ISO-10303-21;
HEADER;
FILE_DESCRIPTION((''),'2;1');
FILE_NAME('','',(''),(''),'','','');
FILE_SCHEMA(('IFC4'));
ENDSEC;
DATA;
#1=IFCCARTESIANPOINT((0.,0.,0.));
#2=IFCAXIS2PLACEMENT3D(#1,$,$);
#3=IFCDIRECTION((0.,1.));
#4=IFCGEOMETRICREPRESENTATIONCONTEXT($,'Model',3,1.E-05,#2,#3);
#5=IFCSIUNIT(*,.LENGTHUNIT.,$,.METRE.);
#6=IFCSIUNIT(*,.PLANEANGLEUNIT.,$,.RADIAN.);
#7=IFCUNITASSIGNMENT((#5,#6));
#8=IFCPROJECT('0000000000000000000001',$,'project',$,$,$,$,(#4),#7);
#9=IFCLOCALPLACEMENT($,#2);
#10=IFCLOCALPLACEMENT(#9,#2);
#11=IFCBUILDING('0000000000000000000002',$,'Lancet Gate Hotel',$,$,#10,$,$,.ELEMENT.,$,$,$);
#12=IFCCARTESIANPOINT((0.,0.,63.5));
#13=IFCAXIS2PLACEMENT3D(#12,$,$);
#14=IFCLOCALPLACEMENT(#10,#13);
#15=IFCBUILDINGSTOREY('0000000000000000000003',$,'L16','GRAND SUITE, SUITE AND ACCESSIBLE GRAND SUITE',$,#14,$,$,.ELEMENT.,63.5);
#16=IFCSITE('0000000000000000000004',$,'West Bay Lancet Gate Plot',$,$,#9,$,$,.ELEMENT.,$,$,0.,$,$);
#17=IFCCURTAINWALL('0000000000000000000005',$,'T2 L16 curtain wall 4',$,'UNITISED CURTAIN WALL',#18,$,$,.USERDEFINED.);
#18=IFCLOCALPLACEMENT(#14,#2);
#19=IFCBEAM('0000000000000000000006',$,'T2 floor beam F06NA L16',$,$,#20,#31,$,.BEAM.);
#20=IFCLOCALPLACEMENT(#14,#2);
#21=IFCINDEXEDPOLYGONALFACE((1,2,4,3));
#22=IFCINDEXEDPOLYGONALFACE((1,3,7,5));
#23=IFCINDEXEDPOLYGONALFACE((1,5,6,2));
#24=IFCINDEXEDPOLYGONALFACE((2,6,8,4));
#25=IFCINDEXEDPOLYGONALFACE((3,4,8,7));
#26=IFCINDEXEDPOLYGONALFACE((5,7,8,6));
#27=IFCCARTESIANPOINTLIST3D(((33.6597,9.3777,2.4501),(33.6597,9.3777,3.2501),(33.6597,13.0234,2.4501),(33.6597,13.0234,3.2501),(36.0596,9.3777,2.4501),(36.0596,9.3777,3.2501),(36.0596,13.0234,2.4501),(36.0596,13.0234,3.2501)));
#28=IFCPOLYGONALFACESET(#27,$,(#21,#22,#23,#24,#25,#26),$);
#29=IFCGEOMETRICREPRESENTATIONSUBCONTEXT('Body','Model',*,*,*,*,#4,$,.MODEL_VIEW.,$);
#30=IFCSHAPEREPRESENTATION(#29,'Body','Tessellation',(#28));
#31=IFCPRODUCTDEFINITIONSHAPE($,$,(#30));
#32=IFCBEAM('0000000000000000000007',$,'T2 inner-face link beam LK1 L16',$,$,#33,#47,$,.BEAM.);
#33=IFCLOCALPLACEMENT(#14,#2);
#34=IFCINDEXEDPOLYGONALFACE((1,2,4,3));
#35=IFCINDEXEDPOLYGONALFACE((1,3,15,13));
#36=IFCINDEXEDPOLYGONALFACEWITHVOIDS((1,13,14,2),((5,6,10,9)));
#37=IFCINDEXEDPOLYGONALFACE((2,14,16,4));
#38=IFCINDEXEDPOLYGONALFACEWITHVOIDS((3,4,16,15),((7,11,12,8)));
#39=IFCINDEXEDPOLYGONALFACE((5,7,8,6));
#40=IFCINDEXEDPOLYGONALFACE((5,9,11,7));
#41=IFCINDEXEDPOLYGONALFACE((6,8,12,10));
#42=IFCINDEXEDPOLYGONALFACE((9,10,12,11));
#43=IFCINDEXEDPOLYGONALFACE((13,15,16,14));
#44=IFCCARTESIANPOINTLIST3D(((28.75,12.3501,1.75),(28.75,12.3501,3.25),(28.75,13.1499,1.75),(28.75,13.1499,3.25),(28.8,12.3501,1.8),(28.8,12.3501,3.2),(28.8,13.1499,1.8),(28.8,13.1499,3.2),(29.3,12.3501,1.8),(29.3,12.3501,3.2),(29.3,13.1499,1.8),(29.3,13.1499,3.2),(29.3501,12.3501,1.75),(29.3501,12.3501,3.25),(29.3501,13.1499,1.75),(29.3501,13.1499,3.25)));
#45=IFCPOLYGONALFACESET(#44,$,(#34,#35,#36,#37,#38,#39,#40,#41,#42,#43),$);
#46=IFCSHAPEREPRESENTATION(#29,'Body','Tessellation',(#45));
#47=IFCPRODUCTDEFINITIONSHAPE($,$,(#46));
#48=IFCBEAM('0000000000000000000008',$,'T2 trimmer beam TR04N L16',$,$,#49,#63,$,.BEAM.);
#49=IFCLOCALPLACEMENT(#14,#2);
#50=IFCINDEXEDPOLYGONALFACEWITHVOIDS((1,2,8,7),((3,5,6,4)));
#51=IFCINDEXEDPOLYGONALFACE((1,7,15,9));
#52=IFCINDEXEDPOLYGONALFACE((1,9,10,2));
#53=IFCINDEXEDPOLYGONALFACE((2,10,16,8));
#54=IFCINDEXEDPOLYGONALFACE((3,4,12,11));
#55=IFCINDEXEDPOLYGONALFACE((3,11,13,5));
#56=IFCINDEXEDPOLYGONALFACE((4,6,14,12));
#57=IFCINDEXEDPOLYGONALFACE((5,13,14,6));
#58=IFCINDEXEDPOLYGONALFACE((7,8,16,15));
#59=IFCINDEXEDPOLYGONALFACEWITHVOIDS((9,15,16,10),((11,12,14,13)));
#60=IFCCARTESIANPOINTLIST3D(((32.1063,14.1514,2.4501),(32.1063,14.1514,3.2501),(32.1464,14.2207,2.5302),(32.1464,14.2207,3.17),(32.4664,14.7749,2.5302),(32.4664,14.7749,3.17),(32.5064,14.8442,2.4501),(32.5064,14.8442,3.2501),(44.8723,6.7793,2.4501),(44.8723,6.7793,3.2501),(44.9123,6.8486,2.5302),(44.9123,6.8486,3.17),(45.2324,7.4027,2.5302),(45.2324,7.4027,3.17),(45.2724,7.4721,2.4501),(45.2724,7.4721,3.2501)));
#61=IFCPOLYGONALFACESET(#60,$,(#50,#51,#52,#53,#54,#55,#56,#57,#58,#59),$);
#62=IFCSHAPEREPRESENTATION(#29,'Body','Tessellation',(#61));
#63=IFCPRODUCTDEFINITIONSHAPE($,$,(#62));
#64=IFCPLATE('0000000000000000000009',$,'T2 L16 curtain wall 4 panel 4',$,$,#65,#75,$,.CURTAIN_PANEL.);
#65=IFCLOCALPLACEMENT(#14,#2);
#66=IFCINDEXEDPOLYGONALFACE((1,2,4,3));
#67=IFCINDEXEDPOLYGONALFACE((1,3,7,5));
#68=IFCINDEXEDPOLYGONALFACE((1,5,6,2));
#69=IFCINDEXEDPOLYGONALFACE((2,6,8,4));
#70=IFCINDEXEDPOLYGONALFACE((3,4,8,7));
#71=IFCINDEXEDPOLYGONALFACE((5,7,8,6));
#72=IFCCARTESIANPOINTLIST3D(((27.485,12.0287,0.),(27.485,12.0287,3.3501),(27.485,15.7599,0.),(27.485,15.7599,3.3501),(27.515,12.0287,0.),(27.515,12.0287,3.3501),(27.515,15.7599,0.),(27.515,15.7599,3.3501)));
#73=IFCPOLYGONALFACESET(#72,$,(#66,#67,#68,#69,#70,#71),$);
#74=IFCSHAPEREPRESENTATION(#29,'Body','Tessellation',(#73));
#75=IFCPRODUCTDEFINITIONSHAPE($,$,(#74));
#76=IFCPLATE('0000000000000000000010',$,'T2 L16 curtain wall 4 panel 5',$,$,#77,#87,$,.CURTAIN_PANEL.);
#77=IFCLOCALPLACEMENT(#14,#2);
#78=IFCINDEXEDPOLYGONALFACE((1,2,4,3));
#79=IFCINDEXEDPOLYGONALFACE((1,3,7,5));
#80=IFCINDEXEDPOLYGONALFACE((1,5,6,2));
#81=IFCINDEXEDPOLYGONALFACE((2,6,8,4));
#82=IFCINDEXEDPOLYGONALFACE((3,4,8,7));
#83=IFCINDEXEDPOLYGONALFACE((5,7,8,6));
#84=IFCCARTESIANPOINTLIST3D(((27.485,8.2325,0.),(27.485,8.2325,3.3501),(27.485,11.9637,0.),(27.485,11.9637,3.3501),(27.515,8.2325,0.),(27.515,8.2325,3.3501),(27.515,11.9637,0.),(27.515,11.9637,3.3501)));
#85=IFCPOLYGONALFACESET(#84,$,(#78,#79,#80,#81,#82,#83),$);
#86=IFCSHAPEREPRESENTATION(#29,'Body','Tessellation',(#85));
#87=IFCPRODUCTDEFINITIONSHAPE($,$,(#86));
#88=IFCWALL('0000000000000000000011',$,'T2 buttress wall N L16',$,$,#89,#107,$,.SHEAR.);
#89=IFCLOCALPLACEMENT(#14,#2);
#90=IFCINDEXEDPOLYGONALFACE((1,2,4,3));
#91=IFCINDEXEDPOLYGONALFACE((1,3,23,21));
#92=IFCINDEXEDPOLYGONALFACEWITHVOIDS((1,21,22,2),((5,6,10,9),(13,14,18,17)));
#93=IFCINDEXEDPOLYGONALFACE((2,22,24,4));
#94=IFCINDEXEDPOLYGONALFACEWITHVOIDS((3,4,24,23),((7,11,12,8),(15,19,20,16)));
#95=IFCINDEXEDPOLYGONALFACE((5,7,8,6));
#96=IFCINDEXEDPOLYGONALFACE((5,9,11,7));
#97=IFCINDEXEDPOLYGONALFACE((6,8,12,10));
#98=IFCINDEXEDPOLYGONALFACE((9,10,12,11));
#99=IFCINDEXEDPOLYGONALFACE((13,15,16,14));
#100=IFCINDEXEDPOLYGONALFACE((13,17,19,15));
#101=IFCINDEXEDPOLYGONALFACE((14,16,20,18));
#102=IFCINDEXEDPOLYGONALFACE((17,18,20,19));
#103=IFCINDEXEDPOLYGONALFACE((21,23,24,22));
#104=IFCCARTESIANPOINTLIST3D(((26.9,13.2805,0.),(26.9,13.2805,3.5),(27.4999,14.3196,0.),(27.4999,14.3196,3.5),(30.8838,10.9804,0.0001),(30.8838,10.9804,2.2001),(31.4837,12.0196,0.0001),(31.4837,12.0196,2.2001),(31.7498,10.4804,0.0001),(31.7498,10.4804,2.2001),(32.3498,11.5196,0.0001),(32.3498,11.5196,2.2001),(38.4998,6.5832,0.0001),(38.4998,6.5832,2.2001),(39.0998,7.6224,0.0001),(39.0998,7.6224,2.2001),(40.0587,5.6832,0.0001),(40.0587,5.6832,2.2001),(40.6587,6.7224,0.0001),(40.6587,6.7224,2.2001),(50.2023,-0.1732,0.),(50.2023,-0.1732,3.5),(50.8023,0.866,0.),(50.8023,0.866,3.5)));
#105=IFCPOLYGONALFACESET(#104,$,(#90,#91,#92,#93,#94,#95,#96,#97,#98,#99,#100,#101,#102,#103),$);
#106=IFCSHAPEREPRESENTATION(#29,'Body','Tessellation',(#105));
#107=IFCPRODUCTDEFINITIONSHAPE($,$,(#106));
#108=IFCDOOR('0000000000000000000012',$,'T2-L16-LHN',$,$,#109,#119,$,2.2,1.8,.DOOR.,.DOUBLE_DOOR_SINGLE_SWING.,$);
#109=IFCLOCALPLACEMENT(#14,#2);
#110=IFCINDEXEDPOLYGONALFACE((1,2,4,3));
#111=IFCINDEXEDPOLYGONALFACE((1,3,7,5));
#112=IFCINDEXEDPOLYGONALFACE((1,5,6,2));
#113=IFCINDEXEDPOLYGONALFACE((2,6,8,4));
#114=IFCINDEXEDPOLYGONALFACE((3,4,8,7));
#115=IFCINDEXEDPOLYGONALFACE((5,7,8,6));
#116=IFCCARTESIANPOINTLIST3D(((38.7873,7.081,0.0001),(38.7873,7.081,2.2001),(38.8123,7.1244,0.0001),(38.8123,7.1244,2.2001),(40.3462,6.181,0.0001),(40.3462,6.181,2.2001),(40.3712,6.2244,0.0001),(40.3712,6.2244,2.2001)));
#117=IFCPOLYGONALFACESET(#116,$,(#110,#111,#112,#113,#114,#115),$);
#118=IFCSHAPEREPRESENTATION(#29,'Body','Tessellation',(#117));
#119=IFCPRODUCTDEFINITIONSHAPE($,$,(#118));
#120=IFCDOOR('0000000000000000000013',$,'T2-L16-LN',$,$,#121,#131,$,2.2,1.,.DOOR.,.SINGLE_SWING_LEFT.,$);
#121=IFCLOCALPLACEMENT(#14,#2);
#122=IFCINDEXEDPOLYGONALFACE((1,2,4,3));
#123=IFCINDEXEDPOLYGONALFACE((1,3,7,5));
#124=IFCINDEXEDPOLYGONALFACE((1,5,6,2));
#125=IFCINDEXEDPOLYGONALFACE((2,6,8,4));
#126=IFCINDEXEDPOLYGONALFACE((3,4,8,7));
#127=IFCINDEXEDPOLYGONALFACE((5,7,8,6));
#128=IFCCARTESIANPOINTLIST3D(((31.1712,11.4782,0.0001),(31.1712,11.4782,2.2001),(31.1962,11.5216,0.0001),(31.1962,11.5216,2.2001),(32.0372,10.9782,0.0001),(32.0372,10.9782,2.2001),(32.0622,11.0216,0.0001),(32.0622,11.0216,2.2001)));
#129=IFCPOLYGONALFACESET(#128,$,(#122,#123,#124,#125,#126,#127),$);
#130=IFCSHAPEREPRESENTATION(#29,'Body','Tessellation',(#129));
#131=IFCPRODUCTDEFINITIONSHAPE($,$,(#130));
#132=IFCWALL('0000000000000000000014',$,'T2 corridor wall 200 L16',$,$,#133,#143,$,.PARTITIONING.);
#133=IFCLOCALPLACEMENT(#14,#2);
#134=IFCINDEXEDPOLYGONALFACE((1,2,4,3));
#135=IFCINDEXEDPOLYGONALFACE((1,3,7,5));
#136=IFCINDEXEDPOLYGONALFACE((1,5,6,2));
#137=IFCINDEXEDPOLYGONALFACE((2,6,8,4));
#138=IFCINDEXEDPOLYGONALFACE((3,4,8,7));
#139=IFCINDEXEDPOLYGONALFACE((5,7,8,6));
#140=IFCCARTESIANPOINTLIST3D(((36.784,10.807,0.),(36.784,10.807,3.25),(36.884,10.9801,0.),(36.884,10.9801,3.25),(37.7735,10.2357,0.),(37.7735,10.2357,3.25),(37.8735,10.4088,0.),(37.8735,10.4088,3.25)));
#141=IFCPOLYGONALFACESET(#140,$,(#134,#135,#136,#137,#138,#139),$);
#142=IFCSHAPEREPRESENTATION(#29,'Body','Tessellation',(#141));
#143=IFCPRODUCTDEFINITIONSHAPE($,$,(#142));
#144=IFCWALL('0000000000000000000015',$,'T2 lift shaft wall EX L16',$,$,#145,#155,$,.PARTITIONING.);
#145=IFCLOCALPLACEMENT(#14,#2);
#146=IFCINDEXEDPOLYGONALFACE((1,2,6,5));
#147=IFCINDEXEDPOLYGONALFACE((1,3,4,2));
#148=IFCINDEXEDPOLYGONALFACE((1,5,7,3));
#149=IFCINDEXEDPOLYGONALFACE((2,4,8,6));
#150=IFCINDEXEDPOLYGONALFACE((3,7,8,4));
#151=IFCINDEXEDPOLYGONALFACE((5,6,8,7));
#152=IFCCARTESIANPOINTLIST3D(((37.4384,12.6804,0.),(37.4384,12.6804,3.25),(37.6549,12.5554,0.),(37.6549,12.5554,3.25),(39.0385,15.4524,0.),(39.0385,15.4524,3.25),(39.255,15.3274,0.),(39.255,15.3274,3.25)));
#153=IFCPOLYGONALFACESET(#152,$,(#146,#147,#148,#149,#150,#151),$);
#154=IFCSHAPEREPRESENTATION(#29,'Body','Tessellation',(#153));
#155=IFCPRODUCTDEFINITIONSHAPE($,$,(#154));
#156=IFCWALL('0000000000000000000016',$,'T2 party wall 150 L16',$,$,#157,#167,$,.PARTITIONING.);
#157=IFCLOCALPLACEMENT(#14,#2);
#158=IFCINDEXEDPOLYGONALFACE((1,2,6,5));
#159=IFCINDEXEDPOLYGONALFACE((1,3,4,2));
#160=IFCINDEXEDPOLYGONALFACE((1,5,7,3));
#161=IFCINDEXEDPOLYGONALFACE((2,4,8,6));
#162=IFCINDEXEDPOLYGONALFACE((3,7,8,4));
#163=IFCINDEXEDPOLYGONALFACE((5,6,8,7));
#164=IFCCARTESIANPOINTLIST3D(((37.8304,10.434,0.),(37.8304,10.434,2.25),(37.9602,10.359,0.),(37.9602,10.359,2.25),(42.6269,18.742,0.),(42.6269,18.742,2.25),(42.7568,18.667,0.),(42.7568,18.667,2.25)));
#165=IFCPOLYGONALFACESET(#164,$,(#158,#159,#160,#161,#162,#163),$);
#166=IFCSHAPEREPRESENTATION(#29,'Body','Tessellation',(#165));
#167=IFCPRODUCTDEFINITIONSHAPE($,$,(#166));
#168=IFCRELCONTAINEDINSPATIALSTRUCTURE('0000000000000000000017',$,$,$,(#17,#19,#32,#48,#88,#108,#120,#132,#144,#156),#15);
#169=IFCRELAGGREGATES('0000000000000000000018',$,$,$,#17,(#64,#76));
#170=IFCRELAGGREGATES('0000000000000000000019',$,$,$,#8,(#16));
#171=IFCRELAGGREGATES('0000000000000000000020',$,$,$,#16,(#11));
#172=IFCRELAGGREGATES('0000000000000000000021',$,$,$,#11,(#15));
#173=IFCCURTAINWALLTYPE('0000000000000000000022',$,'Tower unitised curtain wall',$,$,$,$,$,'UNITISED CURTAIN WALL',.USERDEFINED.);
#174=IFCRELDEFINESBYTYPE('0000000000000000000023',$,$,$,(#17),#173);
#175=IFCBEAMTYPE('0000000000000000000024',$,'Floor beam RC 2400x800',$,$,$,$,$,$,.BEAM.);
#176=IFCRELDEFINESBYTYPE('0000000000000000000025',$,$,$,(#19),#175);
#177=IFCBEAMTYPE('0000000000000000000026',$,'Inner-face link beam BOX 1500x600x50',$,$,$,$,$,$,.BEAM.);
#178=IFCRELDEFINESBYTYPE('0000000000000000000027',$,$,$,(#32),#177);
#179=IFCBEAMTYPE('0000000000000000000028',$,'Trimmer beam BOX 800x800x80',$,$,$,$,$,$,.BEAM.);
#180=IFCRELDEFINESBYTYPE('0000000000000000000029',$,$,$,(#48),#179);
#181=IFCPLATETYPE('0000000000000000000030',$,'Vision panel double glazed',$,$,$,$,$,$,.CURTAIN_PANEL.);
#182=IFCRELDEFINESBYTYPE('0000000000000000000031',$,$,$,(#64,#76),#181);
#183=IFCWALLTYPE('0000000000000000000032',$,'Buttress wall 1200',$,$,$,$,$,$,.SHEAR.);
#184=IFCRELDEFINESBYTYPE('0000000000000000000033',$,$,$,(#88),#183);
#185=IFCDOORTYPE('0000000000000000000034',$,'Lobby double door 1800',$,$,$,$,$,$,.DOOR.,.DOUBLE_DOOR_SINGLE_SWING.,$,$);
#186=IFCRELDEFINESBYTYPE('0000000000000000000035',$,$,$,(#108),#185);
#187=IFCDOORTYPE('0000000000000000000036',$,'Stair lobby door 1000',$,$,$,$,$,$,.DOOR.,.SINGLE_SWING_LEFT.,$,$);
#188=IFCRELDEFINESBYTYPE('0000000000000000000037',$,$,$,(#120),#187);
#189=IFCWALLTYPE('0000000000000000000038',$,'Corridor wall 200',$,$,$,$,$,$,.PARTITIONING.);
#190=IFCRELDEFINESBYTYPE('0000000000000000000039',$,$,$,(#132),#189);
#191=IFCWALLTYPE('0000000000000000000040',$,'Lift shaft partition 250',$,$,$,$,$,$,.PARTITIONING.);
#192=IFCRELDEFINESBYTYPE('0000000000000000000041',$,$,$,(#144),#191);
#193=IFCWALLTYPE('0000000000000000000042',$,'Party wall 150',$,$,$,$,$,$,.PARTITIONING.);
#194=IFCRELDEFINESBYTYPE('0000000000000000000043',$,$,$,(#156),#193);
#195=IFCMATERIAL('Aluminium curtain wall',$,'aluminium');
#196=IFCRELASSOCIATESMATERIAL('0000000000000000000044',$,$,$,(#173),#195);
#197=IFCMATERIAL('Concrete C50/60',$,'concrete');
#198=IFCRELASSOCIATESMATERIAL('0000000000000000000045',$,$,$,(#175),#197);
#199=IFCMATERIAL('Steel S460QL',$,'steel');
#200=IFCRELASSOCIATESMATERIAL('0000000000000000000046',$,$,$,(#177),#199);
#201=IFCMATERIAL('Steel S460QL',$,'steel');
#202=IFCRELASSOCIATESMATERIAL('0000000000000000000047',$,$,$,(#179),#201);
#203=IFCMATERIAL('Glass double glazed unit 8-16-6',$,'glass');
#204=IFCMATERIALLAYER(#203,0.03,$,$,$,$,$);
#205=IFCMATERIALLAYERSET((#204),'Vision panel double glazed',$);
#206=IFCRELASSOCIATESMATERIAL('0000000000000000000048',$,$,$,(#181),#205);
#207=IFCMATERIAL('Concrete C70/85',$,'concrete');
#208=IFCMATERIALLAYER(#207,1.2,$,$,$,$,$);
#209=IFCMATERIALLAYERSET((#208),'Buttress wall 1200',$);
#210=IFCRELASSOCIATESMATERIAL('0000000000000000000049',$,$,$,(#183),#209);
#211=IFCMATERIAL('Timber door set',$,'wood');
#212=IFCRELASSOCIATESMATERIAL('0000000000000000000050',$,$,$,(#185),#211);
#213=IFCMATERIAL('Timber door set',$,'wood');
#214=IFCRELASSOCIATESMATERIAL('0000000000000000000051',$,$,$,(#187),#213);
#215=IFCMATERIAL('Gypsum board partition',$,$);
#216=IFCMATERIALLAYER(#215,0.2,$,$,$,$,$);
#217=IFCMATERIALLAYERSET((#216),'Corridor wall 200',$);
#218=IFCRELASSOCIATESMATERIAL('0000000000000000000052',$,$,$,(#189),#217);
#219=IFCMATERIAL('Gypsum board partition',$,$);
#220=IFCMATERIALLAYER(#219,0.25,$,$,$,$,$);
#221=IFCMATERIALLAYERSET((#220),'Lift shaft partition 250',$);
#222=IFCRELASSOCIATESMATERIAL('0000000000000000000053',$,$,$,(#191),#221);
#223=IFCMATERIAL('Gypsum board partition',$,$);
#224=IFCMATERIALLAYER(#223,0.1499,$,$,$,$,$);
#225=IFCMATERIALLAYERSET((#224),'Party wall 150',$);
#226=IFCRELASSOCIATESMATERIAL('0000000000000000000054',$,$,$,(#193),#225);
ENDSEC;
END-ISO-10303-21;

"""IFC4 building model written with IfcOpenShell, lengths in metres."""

from ifc_helpers import new_model, si_unit, direction, frame, frame_2d, origin, origin_2d, place, context, subcontext, project, spatial, rectangle, hollow_rectangle, extrude, material, layer, layer_set, material_profile, profile_set, type_object, element, fill, aggregate, save


model = new_model("IFC4")

# Units and contexts
model_context = context("Model", 3, precision=1e-05, world=origin(), true_north=direction((0.0, 1.0)))
body_context = subcontext(model_context, "Body", "Model", "MODEL_VIEW")
ifc_project = project(units=[si_unit("LENGTHUNIT", "METRE"), si_unit("PLANEANGLEUNIT", "RADIAN")], contexts=[model_context])

# Site, building, storey
site_placement = place(None, origin())
site = spatial("IfcSite", under=ifc_project, at=site_placement, Name="West Bay Lancet Gate Plot", CompositionType="ELEMENT", RefElevation=0.0)
building_placement = place(site_placement, origin())
building = spatial("IfcBuilding", under=site, at=building_placement, Name="Lancet Gate Hotel", CompositionType="ELEMENT")
storey_placement = place(building_placement, frame((0.0, 0.0, 63.5)))
storey = spatial("IfcBuildingStorey", under=building, at=storey_placement, Name="L16", Description="GRAND SUITE, SUITE AND ACCESSIBLE GRAND SUITE", CompositionType="ELEMENT", Elevation=63.5)

# Curtain wall
ifc_material_1 = material(Name="Aluminium curtain wall", Category="aluminium")
curtain_wall_type = type_object("IfcCurtainWallType", Name="Tower unitised curtain wall", ElementType="UNITISED CURTAIN WALL", PredefinedType="USERDEFINED", material=ifc_material_1)
curtain_wall_placement = place(storey_placement, origin())
curtain_wall = element("IfcCurtainWall", 1, at=curtain_wall_placement, inside=storey, type_object=curtain_wall_type, Name="T2 L16 curtain wall 4", ObjectType="UNITISED CURTAIN WALL", PredefinedType="USERDEFINED")

# Beams
ifc_material_2 = material(Name="Concrete C50/60", Category="concrete")
ifc_material_profile_1 = material_profile(ifc_material_2, rectangle(XDim=2.3999, YDim=0.8, at=origin_2d()), Name="RC 2400x800")
ifc_profile_set_1 = profile_set([ifc_material_profile_1], Name="Concrete C50/60")
beam_type_1 = type_object("IfcBeamType", Name="Floor beam RC 2400x800", PredefinedType="BEAM", material=ifc_profile_set_1)
beam_1_placement = place(storey_placement, frame((34.8596, 9.3777, 2.8501), z_axis=(0.0, 1.0, 0.0), x_axis=(-1.0, 0.0, 0.0)))
element("IfcBeam", 2, at=beam_1_placement, inside=storey, type_object=beam_type_1, Name="T2 floor beam F06NA L16", PredefinedType="BEAM", context=body_context, shape_type="SweptSolid", body=[
    extrude(rectangle(XDim=2.3999, YDim=0.8, at=origin_2d()), origin(), (0.0, 0.0, 1.0), 3.6458),
])
ifc_material_3 = material(Name="Steel S460QL", Category="steel")
ifc_material_profile_2 = material_profile(ifc_material_3, hollow_rectangle(XDim=0.6001, YDim=1.5, WallThickness=0.05, at=origin_2d()), Name="BOX 1500x600x50")
ifc_profile_set_2 = profile_set([ifc_material_profile_2], Name="Steel S460QL")
beam_type_2 = type_object("IfcBeamType", Name="Inner-face link beam BOX 1500x600x50", PredefinedType="BEAM", material=ifc_profile_set_2)
beam_2_placement = place(storey_placement, frame((29.05, 12.3501, 2.5), z_axis=(0.0, 1.0, 0.0), x_axis=(-1.0, 0.0, 0.0)))
element("IfcBeam", 3, at=beam_2_placement, inside=storey, type_object=beam_type_2, Name="T2 inner-face link beam LK1 L16", PredefinedType="BEAM", context=body_context, shape_type="SweptSolid", body=[
    extrude(hollow_rectangle(XDim=0.6001, YDim=1.5, WallThickness=0.05, at=origin_2d()), origin(), (0.0, 0.0, 1.0), 0.7998),
])
ifc_material_4 = material(Name="Steel S460QL", Category="steel")
ifc_material_profile_3 = material_profile(ifc_material_4, hollow_rectangle(XDim=0.8, YDim=0.8, WallThickness=0.0801, at=origin_2d()), Name="BOX 800x800x80")
ifc_profile_set_3 = profile_set([ifc_material_profile_3], Name="Steel S460QL")
beam_type_3 = type_object("IfcBeamType", Name="Trimmer beam BOX 800x800x80", PredefinedType="BEAM", material=ifc_profile_set_3)
beam_3_placement = place(storey_placement, frame((32.3064, 14.4978, 2.8501), z_axis=(0.865976, -0.500086, 0.0), x_axis=(0.500086, 0.865976, 0.0)))
element("IfcBeam", 4, at=beam_3_placement, inside=storey, type_object=beam_type_3, Name="T2 trimmer beam TR04N L16", PredefinedType="BEAM", context=body_context, shape_type="SweptSolid", body=[
    extrude(hollow_rectangle(XDim=0.8, YDim=0.8, WallThickness=0.0801, at=origin_2d()), origin(), (0.0, 0.0, 1.0), 14.7417),
])

# Plates
ifc_material_5 = material(Name="Glass double glazed unit 8-16-6", Category="glass")
ifc_layer_1 = layer(ifc_material_5, 0.03)
ifc_layer_set_1 = layer_set([ifc_layer_1], Name="Vision panel double glazed")
plate_type = type_object("IfcPlateType", Name="Vision panel double glazed", PredefinedType="CURTAIN_PANEL", material=ifc_layer_set_1)
plate_1_placement = place(storey_placement, frame((27.5, 13.8943, 0.0), z_axis=(0.0, 0.0, 1.0), x_axis=(0.0, -1.0, 0.0)))
plate_1 = element("IfcPlate", 5, at=plate_1_placement, type_object=plate_type, Name="T2 L16 curtain wall 4 panel 4", PredefinedType="CURTAIN_PANEL", context=body_context, shape_type="SweptSolid", body=[
    extrude(rectangle(XDim=3.7312, YDim=0.03, at=origin_2d()), origin(), (0.0, 0.0, 1.0), 3.3501),
])
plate_2_placement = place(storey_placement, frame((27.5, 10.0981, 0.0), z_axis=(0.0, 0.0, 1.0), x_axis=(0.0, -1.0, 0.0)))
plate_2 = element("IfcPlate", 6, at=plate_2_placement, type_object=plate_type, Name="T2 L16 curtain wall 4 panel 5", PredefinedType="CURTAIN_PANEL", context=body_context, shape_type="SweptSolid", body=[
    extrude(rectangle(XDim=3.7312, YDim=0.03, at=origin_2d()), origin(), (0.0, 0.0, 1.0), 3.3501),
])
aggregate(curtain_wall, [plate_1, plate_2])

# Wall, openings, doors
ifc_material_6 = material(Name="Concrete C70/85", Category="concrete")
ifc_layer_2 = layer(ifc_material_6, 1.2)
ifc_layer_set_2 = layer_set([ifc_layer_2], Name="Buttress wall 1200")
wall_type_1 = type_object("IfcWallType", Name="Buttress wall 1200", PredefinedType="SHEAR", material=ifc_layer_set_2)
wall_1_placement = place(storey_placement, frame((27.2, 13.8, 0.0), z_axis=(0.0, 0.0, 1.0), x_axis=(0.866025, -0.500002, 0.0)))
wall_1 = element("IfcWall", 7, at=wall_1_placement, inside=storey, type_object=wall_type_1, Name="T2 buttress wall N L16", PredefinedType="SHEAR", context=body_context, shape_type="SweptSolid", body=[
    extrude(rectangle(XDim=26.9072, YDim=1.2, at=frame_2d((13.4536, 0.0))), origin(), (0.0, 0.0, 1.0), 3.5),
])
opening_1_placement = place(wall_1_placement, frame((4.6001, 0.0, 0.0)))
opening_1 = element("IfcOpeningElement", 8, at=opening_1_placement, cuts=wall_1, PredefinedType="OPENING", context=body_context, shape_type="SweptSolid", body=[
    extrude(rectangle(XDim=1.0, YDim=2.2, at=frame_2d((0.5, 1.1001))), frame((0.0, 0.6099, 0.0), z_axis=(0.0, -1.0, 0.0), x_axis=(1.0, 0.0, 0.0)), (0.0, 0.0, 1.0), 1.22),
])
opening_2_placement = place(wall_1_placement, frame((13.3945, 0.0, 0.0)))
opening_2 = element("IfcOpeningElement", 9, at=opening_2_placement, cuts=wall_1, PredefinedType="OPENING", context=body_context, shape_type="SweptSolid", body=[
    extrude(rectangle(XDim=1.8, YDim=2.2, at=frame_2d((0.8999, 1.1001))), frame((0.0, 0.6099, 0.0), z_axis=(0.0, -1.0, 0.0), x_axis=(1.0, 0.0, 0.0)), (0.0, 0.0, 1.0), 1.22),
])
ifc_material_7 = material(Name="Timber door set", Category="wood")
door_type_1 = type_object("IfcDoorType", Name="Lobby double door 1800", OperationType="DOUBLE_DOOR_SINGLE_SWING", PredefinedType="DOOR", material=ifc_material_7)
door_1_placement = place(opening_2_placement, origin())
door_1 = element("IfcDoor", 10, at=door_1_placement, inside=storey, type_object=door_type_1, Name="T2-L16-LHN", OperationType="DOUBLE_DOOR_SINGLE_SWING", OverallHeight=2.2, OverallWidth=1.8, PredefinedType="DOOR", context=body_context, shape_type="SweptSolid", body=[
    extrude(rectangle(XDim=1.8, YDim=2.2, at=frame_2d((0.8999, 1.1001))), frame((0.0, 0.0249, 0.0), z_axis=(0.0, -1.0, 0.0), x_axis=(1.0, 0.0, 0.0)), (0.0, 0.0, 1.0), 0.05),
])
fill(opening_2, door_1)
ifc_material_8 = material(Name="Timber door set", Category="wood")
door_type_2 = type_object("IfcDoorType", Name="Stair lobby door 1000", OperationType="SINGLE_SWING_LEFT", PredefinedType="DOOR", material=ifc_material_8)
door_2_placement = place(opening_1_placement, origin())
door_2 = element("IfcDoor", 11, at=door_2_placement, inside=storey, type_object=door_type_2, Name="T2-L16-LN", OperationType="SINGLE_SWING_LEFT", OverallHeight=2.2, OverallWidth=1.0, PredefinedType="DOOR", context=body_context, shape_type="SweptSolid", body=[
    extrude(rectangle(XDim=1.0, YDim=2.2, at=frame_2d((0.5, 1.1001))), frame((0.0, 0.0249, 0.0), z_axis=(0.0, -1.0, 0.0), x_axis=(1.0, 0.0, 0.0)), (0.0, 0.0, 1.0), 0.05),
])
fill(opening_1, door_2)

# Walls
ifc_material_9 = material(Name="Gypsum board partition")
ifc_layer_3 = layer(ifc_material_9, 0.2)
ifc_layer_set_3 = layer_set([ifc_layer_3], Name="Corridor wall 200")
wall_type_2 = type_object("IfcWallType", Name="Corridor wall 200", PredefinedType="PARTITIONING", material=ifc_layer_set_3)
wall_2_placement = place(storey_placement, frame((36.834, 10.8936, 0.0), z_axis=(0.0, 0.0, 1.0), x_axis=(0.866025, -0.5, 0.0)))
element("IfcWall", 12, at=wall_2_placement, inside=storey, type_object=wall_type_2, Name="T2 corridor wall 200 L16", PredefinedType="PARTITIONING", context=body_context, shape_type="SweptSolid", body=[
    extrude(rectangle(XDim=1.1426, YDim=0.2, at=frame_2d((0.5713, 0.0))), origin(), (0.0, 0.0, 1.0), 3.25),
])
ifc_material_10 = material(Name="Gypsum board partition")
ifc_layer_4 = layer(ifc_material_10, 0.25)
ifc_layer_set_4 = layer_set([ifc_layer_4], Name="Lift shaft partition 250")
wall_type_3 = type_object("IfcWallType", Name="Lift shaft partition 250", PredefinedType="PARTITIONING", material=ifc_layer_set_4)
wall_3_placement = place(storey_placement, frame((37.5466, 12.6179, 0.0), z_axis=(0.0, 0.0, 1.0), x_axis=(0.499929, 0.866066, 0.0)))
element("IfcWall", 13, at=wall_3_placement, inside=storey, type_object=wall_type_3, Name="T2 lift shaft wall EX L16", PredefinedType="PARTITIONING", context=body_context, shape_type="SweptSolid", body=[
    extrude(rectangle(XDim=3.2007, YDim=0.25, at=frame_2d((1.6003, 0.0))), origin(), (0.0, 0.0, 1.0), 3.25),
])
ifc_material_11 = material(Name="Gypsum board partition")
ifc_layer_5 = layer(ifc_material_11, 0.1499)
ifc_layer_set_5 = layer_set([ifc_layer_5], Name="Party wall 150")
wall_type_4 = type_object("IfcWallType", Name="Party wall 150", PredefinedType="PARTITIONING", material=ifc_layer_set_5)
wall_4_placement = place(storey_placement, frame((37.8953, 10.3965, 0.0), z_axis=(0.0, 0.0, 1.0), x_axis=(0.499996, 0.866028, 0.0)))
element("IfcWall", 14, at=wall_4_placement, inside=storey, type_object=wall_type_4, Name="T2 party wall 150 L16", PredefinedType="PARTITIONING", context=body_context, shape_type="SweptSolid", body=[
    extrude(rectangle(XDim=9.5933, YDim=0.1499, at=frame_2d((4.7966, 0.0))), origin(), (0.0, 0.0, 1.0), 2.25),
])

save(model, "model.ifc")
